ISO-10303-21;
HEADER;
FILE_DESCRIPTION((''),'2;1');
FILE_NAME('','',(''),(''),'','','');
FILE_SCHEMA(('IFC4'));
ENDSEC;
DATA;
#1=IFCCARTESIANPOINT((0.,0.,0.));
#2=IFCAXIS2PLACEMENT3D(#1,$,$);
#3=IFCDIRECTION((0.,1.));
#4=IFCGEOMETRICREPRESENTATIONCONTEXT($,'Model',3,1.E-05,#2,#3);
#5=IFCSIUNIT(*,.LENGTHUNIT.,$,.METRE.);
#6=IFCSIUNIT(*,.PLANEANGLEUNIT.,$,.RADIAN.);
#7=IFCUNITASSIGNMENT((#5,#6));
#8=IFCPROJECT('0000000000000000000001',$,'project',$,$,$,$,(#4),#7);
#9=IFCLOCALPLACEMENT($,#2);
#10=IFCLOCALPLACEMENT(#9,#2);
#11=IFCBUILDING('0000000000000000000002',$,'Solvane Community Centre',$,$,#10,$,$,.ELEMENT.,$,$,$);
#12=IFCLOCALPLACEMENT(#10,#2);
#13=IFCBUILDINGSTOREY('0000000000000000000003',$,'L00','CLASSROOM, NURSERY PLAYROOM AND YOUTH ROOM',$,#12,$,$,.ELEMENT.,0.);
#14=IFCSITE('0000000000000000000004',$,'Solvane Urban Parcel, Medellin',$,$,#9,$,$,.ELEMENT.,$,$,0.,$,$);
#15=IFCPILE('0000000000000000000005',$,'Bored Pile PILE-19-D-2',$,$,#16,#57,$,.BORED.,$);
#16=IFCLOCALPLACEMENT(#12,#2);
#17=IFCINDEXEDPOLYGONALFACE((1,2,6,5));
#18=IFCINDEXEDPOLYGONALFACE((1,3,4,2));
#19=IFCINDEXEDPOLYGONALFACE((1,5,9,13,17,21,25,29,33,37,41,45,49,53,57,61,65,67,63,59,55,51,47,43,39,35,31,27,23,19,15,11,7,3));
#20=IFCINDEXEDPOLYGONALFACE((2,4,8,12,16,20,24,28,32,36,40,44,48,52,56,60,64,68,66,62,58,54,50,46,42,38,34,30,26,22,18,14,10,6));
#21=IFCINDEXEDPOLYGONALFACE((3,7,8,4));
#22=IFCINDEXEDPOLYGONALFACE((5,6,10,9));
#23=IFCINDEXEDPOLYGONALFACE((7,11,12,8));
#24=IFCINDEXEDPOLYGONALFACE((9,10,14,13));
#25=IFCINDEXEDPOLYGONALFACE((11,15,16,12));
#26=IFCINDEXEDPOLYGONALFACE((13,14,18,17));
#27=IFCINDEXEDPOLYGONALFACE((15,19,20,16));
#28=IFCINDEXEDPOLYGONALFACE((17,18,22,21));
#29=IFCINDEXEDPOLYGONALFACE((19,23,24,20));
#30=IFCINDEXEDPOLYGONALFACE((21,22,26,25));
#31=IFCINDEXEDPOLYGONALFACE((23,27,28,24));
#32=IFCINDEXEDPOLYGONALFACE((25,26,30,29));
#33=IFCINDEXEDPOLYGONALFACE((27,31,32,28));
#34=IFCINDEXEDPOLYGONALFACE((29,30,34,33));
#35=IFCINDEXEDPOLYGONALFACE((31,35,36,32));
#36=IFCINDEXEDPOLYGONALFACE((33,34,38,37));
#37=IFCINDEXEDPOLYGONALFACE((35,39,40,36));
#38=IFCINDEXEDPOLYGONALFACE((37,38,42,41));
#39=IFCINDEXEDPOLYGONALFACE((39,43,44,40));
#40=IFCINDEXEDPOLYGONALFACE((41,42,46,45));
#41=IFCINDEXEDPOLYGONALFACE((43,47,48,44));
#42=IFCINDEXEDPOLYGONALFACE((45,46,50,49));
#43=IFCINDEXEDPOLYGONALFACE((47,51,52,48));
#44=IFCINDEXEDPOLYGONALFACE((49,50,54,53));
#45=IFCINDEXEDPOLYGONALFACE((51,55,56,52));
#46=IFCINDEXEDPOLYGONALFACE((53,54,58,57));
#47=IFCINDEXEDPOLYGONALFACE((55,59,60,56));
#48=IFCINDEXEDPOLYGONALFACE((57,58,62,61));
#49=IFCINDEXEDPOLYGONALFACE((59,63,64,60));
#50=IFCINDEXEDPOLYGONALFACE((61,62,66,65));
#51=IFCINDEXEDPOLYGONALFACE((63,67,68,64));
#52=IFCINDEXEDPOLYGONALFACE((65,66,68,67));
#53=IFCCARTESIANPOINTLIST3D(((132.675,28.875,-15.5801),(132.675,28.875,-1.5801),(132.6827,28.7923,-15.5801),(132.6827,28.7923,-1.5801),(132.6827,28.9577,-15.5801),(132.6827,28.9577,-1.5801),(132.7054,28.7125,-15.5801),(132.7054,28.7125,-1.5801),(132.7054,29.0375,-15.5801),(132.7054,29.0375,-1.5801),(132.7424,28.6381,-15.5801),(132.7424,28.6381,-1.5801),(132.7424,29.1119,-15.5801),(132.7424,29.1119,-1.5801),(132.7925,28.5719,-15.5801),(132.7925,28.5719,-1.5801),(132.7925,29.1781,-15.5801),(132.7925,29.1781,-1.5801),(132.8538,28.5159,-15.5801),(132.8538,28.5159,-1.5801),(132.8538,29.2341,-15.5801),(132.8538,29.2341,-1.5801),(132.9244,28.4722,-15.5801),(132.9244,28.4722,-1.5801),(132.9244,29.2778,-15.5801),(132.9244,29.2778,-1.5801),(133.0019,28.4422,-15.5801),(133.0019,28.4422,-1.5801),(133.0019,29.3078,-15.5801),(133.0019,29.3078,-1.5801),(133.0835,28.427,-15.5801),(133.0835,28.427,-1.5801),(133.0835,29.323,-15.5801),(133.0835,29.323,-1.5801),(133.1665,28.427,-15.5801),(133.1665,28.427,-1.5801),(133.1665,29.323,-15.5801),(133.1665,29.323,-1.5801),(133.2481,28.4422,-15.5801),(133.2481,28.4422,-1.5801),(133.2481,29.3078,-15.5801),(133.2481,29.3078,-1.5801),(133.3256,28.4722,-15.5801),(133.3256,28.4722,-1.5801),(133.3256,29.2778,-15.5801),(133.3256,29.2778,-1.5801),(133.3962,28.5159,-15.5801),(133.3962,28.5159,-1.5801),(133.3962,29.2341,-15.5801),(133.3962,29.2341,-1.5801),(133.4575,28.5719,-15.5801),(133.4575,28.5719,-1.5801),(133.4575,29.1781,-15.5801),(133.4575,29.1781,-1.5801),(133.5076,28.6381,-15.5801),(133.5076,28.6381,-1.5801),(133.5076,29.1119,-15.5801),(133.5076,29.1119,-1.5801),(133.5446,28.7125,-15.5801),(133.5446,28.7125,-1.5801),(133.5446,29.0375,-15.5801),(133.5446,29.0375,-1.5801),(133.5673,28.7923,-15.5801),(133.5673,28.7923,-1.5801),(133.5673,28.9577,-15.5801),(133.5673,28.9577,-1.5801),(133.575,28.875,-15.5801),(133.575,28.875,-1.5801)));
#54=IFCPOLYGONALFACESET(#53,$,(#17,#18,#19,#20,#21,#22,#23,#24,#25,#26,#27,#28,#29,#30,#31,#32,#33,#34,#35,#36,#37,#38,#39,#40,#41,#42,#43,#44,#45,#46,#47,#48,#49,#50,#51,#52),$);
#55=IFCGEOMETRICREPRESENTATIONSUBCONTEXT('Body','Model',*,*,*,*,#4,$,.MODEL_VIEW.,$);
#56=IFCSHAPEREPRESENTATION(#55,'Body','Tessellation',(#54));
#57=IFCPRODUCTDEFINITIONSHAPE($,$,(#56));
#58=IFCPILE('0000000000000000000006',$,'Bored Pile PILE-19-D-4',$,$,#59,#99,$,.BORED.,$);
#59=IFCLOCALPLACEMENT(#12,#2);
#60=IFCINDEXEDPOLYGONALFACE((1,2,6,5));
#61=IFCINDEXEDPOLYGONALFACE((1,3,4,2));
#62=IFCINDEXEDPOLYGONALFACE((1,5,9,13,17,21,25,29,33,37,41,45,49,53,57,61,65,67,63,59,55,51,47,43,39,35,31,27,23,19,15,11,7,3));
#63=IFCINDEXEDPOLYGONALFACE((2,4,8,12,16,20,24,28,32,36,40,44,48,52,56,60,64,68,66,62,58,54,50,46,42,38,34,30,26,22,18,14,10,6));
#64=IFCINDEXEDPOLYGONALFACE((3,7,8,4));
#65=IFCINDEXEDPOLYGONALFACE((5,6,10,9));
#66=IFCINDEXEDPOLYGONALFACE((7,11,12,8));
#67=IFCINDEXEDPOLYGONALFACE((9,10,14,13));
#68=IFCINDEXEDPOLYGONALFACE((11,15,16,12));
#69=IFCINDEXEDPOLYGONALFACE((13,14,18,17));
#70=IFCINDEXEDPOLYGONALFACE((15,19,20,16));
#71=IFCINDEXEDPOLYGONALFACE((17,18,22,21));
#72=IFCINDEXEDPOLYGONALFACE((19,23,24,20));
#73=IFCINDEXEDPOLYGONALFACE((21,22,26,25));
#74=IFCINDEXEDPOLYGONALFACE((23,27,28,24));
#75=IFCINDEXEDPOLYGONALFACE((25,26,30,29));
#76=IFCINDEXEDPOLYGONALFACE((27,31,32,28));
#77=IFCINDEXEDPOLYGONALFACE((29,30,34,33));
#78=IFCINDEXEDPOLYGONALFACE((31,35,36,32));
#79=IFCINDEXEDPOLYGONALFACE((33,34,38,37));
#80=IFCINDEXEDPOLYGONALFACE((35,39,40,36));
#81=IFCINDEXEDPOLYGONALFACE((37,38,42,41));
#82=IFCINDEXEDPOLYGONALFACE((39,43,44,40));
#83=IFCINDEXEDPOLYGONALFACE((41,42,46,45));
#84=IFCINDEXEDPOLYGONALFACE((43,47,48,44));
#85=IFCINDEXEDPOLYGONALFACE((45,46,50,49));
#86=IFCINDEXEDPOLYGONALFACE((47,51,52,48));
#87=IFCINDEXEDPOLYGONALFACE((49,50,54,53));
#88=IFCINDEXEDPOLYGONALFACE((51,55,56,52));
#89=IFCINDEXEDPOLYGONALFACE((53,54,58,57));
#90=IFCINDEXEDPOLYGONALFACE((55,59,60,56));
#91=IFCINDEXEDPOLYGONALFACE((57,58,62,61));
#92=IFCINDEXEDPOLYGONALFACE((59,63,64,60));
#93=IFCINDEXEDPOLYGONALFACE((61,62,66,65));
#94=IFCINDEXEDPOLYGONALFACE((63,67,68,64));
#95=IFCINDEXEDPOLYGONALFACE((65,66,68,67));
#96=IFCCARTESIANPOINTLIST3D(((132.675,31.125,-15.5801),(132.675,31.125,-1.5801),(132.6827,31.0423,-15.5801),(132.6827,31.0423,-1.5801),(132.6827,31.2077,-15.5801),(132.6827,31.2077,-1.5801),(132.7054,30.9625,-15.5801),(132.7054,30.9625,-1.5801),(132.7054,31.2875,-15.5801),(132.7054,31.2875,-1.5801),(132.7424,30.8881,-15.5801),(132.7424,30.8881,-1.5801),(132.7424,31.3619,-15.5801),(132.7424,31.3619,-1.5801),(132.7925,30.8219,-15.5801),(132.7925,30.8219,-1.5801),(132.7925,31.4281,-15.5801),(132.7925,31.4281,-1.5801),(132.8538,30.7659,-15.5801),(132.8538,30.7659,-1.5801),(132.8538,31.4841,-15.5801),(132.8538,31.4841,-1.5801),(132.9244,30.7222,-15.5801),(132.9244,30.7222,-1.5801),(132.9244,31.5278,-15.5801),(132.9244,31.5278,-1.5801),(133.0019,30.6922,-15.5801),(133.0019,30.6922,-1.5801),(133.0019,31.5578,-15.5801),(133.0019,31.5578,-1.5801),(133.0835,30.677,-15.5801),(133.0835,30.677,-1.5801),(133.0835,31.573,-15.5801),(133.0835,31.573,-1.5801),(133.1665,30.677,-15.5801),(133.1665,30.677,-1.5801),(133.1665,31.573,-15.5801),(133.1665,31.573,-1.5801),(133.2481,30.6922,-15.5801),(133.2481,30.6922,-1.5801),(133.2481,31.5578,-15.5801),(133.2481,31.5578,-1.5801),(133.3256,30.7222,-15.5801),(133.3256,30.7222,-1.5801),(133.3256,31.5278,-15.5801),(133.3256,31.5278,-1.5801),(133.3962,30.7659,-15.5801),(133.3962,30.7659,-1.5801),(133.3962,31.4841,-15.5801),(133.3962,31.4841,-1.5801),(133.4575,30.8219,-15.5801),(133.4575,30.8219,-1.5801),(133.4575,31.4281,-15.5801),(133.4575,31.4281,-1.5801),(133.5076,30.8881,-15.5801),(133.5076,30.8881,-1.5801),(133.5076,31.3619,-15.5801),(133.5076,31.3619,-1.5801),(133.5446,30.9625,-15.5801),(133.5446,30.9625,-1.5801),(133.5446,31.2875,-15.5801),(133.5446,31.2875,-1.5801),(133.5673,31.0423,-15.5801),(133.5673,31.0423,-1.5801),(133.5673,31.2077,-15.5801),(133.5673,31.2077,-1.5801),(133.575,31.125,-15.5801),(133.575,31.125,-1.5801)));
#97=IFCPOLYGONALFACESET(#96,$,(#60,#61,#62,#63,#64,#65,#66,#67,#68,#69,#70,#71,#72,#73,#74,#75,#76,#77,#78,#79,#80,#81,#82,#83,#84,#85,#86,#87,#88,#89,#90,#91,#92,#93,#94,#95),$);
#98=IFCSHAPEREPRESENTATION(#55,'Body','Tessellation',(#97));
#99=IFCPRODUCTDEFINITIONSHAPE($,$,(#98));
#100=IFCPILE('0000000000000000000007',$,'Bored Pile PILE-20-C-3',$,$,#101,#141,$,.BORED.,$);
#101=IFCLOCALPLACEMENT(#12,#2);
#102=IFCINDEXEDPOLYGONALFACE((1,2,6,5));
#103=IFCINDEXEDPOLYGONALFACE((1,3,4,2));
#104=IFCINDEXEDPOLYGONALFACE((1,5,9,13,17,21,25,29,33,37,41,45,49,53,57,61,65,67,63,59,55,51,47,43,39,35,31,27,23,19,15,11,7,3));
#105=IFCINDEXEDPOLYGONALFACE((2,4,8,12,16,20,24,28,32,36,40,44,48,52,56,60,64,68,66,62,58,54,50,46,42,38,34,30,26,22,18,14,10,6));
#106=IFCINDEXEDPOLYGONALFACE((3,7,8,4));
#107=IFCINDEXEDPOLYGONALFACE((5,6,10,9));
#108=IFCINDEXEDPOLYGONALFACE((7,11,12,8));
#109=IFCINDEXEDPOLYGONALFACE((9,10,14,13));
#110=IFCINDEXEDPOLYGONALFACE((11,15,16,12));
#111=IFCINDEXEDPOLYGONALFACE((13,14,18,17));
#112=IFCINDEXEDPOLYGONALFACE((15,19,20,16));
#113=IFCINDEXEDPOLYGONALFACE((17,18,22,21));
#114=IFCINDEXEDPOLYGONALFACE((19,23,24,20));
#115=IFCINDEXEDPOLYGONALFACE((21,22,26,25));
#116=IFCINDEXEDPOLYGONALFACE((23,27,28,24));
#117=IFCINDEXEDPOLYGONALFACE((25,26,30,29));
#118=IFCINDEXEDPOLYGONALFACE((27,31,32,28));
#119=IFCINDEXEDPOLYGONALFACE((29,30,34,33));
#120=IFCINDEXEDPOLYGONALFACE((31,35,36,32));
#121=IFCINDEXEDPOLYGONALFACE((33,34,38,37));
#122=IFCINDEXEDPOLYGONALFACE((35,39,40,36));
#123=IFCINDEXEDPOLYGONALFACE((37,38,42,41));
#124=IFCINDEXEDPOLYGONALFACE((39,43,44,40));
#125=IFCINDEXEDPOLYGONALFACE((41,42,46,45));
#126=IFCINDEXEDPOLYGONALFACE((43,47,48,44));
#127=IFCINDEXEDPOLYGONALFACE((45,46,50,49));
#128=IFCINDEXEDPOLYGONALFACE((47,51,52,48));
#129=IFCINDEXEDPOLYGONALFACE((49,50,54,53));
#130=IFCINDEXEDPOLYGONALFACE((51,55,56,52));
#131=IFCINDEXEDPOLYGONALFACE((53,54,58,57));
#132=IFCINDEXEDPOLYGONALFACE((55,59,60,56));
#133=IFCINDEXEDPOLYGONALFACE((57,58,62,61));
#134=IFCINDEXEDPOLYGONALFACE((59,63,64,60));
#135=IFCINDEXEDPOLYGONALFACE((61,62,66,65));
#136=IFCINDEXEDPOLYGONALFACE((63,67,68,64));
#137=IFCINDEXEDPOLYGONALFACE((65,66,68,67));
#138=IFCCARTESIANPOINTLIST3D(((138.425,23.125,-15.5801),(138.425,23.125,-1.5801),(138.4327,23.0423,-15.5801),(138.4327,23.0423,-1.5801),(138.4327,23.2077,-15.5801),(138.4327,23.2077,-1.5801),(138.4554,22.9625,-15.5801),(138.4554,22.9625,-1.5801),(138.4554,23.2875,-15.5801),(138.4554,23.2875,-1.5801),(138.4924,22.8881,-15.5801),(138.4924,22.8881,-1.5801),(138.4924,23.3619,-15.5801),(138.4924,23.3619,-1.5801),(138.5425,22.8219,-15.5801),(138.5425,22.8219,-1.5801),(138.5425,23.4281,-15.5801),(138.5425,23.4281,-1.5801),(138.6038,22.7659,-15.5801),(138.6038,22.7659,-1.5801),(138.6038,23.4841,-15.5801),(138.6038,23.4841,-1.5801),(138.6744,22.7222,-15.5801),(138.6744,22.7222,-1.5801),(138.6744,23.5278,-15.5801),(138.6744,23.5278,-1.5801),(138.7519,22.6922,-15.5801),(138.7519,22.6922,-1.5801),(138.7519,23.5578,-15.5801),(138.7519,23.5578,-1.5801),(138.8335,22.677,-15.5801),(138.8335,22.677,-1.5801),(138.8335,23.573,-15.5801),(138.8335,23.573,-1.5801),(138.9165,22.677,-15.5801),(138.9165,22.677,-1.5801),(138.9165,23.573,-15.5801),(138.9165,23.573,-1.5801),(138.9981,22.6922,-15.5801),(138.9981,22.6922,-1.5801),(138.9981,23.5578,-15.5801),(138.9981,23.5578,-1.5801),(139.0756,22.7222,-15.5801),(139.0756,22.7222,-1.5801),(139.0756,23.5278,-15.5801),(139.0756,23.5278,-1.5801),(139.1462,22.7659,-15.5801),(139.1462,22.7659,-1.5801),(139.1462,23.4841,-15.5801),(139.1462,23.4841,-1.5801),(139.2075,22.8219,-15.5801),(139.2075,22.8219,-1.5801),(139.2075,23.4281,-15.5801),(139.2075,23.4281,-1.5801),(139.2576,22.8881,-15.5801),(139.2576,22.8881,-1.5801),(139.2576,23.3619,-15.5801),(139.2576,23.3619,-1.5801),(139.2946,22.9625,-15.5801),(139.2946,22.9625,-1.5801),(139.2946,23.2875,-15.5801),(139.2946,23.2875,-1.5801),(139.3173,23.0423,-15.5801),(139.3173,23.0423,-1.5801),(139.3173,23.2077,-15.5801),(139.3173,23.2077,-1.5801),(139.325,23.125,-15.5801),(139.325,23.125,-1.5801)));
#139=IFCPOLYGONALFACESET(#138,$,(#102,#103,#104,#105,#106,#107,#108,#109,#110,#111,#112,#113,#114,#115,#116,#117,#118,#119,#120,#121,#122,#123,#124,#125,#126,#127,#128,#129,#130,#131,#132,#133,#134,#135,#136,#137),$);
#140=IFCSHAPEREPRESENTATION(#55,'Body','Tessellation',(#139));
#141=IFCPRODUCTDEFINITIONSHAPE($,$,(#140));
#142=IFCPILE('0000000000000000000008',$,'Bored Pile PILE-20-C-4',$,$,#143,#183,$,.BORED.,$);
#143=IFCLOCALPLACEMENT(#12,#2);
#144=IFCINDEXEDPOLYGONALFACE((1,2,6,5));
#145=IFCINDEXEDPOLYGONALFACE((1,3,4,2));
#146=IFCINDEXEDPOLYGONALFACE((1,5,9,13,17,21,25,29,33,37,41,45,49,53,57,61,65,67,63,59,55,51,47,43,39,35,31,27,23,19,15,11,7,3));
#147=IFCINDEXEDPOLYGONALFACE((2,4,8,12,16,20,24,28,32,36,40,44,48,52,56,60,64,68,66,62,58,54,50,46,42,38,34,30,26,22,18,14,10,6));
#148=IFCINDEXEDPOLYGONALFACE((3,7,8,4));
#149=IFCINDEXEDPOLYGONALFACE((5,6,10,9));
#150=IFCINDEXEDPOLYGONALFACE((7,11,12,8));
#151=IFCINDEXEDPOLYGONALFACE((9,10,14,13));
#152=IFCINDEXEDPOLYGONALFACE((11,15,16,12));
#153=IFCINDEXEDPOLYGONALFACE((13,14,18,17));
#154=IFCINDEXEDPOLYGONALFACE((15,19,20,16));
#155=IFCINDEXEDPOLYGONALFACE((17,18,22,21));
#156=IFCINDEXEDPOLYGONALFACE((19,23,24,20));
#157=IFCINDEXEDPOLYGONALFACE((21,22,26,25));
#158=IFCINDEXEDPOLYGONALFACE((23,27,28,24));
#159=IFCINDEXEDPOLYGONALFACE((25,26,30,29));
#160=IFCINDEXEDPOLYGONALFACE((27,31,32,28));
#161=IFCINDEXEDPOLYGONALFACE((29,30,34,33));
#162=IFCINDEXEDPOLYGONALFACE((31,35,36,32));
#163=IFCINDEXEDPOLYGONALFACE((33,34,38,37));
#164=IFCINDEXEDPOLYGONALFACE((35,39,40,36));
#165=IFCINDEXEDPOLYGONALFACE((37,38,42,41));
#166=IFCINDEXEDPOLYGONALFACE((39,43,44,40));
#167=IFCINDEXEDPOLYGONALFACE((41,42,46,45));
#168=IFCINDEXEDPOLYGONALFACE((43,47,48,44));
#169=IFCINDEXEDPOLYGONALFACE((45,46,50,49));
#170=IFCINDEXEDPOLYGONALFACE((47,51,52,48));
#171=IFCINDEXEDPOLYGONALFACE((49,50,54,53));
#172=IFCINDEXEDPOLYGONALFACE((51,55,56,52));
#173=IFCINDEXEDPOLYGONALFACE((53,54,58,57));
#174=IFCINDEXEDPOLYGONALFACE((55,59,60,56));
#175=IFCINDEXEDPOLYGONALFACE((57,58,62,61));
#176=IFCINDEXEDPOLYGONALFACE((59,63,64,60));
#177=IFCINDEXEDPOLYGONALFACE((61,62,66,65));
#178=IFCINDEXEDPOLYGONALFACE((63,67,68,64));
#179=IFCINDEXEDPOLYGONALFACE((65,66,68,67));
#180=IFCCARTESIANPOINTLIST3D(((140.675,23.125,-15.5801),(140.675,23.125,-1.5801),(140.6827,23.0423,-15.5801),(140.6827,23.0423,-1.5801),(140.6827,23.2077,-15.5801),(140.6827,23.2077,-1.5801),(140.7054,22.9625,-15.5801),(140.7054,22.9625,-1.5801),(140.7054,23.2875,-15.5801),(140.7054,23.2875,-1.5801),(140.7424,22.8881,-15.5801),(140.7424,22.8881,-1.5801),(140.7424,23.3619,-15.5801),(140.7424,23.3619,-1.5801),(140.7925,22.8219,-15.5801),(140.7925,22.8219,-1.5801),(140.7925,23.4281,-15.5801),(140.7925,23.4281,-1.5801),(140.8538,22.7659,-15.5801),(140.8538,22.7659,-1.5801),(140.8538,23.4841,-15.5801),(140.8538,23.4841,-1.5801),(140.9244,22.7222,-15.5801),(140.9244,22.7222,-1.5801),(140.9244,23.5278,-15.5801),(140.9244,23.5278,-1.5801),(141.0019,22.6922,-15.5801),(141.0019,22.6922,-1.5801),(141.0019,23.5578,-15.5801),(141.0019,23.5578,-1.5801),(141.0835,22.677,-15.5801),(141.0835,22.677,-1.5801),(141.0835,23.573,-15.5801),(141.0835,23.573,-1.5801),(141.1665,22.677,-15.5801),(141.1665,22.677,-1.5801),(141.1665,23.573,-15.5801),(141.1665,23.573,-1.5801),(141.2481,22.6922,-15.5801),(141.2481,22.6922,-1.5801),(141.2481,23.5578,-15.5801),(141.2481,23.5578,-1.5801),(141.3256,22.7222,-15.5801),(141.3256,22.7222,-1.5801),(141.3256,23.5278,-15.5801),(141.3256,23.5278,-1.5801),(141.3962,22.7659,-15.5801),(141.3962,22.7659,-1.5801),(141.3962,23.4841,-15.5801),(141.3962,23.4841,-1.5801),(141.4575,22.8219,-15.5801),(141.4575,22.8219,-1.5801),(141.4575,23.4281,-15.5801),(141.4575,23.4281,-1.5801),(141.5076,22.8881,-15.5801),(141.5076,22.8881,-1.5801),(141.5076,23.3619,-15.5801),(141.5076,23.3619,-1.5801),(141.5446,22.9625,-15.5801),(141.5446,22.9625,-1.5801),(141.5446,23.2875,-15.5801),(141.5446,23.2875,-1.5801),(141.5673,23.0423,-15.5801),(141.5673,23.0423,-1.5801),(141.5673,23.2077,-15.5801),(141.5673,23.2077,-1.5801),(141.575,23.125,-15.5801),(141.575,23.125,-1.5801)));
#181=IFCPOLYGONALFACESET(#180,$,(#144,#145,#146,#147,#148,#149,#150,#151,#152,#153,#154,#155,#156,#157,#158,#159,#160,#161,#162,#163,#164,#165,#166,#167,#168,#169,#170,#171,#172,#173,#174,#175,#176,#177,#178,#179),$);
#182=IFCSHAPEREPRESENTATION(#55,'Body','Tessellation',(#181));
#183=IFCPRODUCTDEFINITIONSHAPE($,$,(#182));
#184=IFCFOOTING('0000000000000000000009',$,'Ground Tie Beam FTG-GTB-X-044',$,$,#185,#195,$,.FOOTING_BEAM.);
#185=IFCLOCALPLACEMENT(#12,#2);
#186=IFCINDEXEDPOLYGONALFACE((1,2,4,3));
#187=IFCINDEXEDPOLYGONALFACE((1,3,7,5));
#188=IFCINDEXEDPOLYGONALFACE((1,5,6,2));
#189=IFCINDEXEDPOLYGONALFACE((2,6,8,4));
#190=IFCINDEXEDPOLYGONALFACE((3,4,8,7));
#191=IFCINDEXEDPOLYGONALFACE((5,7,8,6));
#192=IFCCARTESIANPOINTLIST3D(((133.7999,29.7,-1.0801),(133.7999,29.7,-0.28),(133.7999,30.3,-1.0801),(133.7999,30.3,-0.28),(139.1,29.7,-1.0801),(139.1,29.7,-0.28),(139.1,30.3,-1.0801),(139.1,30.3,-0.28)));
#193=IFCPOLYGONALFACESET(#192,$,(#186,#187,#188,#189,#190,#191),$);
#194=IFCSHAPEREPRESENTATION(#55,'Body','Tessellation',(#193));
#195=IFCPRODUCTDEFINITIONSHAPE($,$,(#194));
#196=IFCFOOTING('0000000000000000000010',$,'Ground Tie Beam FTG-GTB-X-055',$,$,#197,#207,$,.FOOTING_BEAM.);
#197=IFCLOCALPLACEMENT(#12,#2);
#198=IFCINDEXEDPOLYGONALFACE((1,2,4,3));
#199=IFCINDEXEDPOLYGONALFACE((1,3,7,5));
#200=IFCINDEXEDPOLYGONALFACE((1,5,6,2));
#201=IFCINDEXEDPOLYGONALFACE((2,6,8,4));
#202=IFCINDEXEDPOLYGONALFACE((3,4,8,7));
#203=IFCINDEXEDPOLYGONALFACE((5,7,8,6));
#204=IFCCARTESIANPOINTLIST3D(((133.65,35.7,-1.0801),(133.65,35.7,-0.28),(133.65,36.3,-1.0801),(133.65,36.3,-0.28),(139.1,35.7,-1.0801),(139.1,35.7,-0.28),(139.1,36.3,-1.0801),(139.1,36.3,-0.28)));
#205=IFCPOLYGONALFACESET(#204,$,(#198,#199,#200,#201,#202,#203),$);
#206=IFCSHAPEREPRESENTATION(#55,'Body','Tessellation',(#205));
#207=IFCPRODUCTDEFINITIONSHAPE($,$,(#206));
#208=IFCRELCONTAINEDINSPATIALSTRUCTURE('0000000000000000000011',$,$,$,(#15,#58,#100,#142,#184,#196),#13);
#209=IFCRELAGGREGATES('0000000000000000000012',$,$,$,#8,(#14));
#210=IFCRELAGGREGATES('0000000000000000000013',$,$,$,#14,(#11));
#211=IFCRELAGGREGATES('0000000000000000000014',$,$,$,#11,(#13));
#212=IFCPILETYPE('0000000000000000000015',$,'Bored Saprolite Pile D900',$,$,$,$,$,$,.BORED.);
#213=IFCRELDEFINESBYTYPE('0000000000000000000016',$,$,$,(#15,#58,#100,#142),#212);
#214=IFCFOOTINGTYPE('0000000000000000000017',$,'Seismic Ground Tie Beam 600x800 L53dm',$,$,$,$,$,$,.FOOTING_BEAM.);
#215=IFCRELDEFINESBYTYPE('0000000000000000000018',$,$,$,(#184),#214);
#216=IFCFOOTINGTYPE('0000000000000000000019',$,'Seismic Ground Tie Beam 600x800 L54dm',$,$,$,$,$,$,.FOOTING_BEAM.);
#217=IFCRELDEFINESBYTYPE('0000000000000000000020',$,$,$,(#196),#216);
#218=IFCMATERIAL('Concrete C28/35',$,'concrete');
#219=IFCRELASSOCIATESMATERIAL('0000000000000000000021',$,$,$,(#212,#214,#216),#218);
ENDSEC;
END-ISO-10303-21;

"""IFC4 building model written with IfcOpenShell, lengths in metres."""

from ifc_helpers import new_model, si_unit, direction, frame, origin, origin_2d, place, context, subcontext, project, spatial, rectangle, circle, extrude, material, material_profile, profile_set, type_object, element, save


model = new_model("IFC4")

# Units and contexts
model_context = context("Model", 3, precision=1e-05, world=origin(), true_north=direction((0.0, 1.0)))
body_context = subcontext(model_context, "Body", "Model", "MODEL_VIEW")
ifc_project = project(units=[si_unit("LENGTHUNIT", "METRE"), si_unit("PLANEANGLEUNIT", "RADIAN")], contexts=[model_context])

# Site, building, storey
site_placement = place(None, origin())
site = spatial("IfcSite", under=ifc_project, at=site_placement, Name="Solvane Urban Parcel, Medellin", CompositionType="ELEMENT", RefElevation=0.0)
building_placement = place(site_placement, origin())
building = spatial("IfcBuilding", under=site, at=building_placement, Name="Solvane Community Centre", CompositionType="ELEMENT")
storey_placement = place(building_placement, origin())
storey = spatial("IfcBuildingStorey", under=building, at=storey_placement, Name="L00", Description="CLASSROOM, NURSERY PLAYROOM AND YOUTH ROOM", CompositionType="ELEMENT", Elevation=0.0)

# Piles
ifc_material_1 = material(Name="Concrete C28/35", Category="concrete")
ifc_material_profile_1 = material_profile(ifc_material_1, circle(Radius=0.45, at=origin_2d()), Name="PILE D900")
ifc_profile_set_1 = profile_set([ifc_material_profile_1], Name="Concrete C28/35")
pile_type_1 = type_object("IfcPileType", Name="Bored Saprolite Pile D900", PredefinedType="BORED", material=ifc_profile_set_1)
for number, where, z_axis, x_axis, name in (
    (1, (133.125, 28.875, -1.5801), (0.0, 0.0, -1.0), (1.0, 0.0, 0.0), "Bored Pile PILE-19-D-2"),
    (2, (133.125, 31.125, -1.5801), (0.0, 0.0, -1.0), (1.0, 0.0, 0.0), "Bored Pile PILE-19-D-4"),
    (3, (138.875, 23.125, -1.5801), (0.0, 0.0, -1.0), (1.0, 0.0, 0.0), "Bored Pile PILE-20-C-3"),
    (4, (141.125, 23.125, -1.5801), (0.0, 0.0, -1.0), (1.0, 0.0, 0.0), "Bored Pile PILE-20-C-4"),
):
    element("IfcPile", number, at=place(storey_placement, frame(where, z_axis=z_axis, x_axis=x_axis)), inside=storey, type_object=pile_type_1, Name=name, PredefinedType="BORED", context=body_context, shape_type="SweptSolid", body=[
        extrude(circle(Radius=0.45, at=origin_2d()), origin(), (0.0, 0.0, 1.0), 14.0),
    ])

# Footings
footing_type_1 = type_object("IfcFootingType", Name="Seismic Ground Tie Beam 600x800 L53dm", PredefinedType="FOOTING_BEAM", material=ifc_material_1)
footing_1_placement = place(storey_placement, frame((136.45, 30.0, -1.0801), z_axis=(0.0, 0.0, 1.0), x_axis=(1.0, 0.0, 0.0)))
element("IfcFooting", 5, at=footing_1_placement, inside=storey, type_object=footing_type_1, Name="Ground Tie Beam FTG-GTB-X-044", PredefinedType="FOOTING_BEAM", context=body_context, shape_type="SweptSolid", body=[
    extrude(rectangle(XDim=5.3, YDim=0.6001, at=origin_2d()), origin(), (0.0, 0.0, 1.0), 0.8),
])
footing_type_2 = type_object("IfcFootingType", Name="Seismic Ground Tie Beam 600x800 L54dm", PredefinedType="FOOTING_BEAM", material=ifc_material_1)
footing_2_placement = place(storey_placement, frame((136.375, 36.0, -1.0801), z_axis=(0.0, 0.0, 1.0), x_axis=(1.0, 0.0, 0.0)))
element("IfcFooting", 6, at=footing_2_placement, inside=storey, type_object=footing_type_2, Name="Ground Tie Beam FTG-GTB-X-055", PredefinedType="FOOTING_BEAM", context=body_context, shape_type="SweptSolid", body=[
    extrude(rectangle(XDim=5.45, YDim=0.6001, at=origin_2d()), origin(), (0.0, 0.0, 1.0), 0.8),
])

save(model, "model.ifc")
